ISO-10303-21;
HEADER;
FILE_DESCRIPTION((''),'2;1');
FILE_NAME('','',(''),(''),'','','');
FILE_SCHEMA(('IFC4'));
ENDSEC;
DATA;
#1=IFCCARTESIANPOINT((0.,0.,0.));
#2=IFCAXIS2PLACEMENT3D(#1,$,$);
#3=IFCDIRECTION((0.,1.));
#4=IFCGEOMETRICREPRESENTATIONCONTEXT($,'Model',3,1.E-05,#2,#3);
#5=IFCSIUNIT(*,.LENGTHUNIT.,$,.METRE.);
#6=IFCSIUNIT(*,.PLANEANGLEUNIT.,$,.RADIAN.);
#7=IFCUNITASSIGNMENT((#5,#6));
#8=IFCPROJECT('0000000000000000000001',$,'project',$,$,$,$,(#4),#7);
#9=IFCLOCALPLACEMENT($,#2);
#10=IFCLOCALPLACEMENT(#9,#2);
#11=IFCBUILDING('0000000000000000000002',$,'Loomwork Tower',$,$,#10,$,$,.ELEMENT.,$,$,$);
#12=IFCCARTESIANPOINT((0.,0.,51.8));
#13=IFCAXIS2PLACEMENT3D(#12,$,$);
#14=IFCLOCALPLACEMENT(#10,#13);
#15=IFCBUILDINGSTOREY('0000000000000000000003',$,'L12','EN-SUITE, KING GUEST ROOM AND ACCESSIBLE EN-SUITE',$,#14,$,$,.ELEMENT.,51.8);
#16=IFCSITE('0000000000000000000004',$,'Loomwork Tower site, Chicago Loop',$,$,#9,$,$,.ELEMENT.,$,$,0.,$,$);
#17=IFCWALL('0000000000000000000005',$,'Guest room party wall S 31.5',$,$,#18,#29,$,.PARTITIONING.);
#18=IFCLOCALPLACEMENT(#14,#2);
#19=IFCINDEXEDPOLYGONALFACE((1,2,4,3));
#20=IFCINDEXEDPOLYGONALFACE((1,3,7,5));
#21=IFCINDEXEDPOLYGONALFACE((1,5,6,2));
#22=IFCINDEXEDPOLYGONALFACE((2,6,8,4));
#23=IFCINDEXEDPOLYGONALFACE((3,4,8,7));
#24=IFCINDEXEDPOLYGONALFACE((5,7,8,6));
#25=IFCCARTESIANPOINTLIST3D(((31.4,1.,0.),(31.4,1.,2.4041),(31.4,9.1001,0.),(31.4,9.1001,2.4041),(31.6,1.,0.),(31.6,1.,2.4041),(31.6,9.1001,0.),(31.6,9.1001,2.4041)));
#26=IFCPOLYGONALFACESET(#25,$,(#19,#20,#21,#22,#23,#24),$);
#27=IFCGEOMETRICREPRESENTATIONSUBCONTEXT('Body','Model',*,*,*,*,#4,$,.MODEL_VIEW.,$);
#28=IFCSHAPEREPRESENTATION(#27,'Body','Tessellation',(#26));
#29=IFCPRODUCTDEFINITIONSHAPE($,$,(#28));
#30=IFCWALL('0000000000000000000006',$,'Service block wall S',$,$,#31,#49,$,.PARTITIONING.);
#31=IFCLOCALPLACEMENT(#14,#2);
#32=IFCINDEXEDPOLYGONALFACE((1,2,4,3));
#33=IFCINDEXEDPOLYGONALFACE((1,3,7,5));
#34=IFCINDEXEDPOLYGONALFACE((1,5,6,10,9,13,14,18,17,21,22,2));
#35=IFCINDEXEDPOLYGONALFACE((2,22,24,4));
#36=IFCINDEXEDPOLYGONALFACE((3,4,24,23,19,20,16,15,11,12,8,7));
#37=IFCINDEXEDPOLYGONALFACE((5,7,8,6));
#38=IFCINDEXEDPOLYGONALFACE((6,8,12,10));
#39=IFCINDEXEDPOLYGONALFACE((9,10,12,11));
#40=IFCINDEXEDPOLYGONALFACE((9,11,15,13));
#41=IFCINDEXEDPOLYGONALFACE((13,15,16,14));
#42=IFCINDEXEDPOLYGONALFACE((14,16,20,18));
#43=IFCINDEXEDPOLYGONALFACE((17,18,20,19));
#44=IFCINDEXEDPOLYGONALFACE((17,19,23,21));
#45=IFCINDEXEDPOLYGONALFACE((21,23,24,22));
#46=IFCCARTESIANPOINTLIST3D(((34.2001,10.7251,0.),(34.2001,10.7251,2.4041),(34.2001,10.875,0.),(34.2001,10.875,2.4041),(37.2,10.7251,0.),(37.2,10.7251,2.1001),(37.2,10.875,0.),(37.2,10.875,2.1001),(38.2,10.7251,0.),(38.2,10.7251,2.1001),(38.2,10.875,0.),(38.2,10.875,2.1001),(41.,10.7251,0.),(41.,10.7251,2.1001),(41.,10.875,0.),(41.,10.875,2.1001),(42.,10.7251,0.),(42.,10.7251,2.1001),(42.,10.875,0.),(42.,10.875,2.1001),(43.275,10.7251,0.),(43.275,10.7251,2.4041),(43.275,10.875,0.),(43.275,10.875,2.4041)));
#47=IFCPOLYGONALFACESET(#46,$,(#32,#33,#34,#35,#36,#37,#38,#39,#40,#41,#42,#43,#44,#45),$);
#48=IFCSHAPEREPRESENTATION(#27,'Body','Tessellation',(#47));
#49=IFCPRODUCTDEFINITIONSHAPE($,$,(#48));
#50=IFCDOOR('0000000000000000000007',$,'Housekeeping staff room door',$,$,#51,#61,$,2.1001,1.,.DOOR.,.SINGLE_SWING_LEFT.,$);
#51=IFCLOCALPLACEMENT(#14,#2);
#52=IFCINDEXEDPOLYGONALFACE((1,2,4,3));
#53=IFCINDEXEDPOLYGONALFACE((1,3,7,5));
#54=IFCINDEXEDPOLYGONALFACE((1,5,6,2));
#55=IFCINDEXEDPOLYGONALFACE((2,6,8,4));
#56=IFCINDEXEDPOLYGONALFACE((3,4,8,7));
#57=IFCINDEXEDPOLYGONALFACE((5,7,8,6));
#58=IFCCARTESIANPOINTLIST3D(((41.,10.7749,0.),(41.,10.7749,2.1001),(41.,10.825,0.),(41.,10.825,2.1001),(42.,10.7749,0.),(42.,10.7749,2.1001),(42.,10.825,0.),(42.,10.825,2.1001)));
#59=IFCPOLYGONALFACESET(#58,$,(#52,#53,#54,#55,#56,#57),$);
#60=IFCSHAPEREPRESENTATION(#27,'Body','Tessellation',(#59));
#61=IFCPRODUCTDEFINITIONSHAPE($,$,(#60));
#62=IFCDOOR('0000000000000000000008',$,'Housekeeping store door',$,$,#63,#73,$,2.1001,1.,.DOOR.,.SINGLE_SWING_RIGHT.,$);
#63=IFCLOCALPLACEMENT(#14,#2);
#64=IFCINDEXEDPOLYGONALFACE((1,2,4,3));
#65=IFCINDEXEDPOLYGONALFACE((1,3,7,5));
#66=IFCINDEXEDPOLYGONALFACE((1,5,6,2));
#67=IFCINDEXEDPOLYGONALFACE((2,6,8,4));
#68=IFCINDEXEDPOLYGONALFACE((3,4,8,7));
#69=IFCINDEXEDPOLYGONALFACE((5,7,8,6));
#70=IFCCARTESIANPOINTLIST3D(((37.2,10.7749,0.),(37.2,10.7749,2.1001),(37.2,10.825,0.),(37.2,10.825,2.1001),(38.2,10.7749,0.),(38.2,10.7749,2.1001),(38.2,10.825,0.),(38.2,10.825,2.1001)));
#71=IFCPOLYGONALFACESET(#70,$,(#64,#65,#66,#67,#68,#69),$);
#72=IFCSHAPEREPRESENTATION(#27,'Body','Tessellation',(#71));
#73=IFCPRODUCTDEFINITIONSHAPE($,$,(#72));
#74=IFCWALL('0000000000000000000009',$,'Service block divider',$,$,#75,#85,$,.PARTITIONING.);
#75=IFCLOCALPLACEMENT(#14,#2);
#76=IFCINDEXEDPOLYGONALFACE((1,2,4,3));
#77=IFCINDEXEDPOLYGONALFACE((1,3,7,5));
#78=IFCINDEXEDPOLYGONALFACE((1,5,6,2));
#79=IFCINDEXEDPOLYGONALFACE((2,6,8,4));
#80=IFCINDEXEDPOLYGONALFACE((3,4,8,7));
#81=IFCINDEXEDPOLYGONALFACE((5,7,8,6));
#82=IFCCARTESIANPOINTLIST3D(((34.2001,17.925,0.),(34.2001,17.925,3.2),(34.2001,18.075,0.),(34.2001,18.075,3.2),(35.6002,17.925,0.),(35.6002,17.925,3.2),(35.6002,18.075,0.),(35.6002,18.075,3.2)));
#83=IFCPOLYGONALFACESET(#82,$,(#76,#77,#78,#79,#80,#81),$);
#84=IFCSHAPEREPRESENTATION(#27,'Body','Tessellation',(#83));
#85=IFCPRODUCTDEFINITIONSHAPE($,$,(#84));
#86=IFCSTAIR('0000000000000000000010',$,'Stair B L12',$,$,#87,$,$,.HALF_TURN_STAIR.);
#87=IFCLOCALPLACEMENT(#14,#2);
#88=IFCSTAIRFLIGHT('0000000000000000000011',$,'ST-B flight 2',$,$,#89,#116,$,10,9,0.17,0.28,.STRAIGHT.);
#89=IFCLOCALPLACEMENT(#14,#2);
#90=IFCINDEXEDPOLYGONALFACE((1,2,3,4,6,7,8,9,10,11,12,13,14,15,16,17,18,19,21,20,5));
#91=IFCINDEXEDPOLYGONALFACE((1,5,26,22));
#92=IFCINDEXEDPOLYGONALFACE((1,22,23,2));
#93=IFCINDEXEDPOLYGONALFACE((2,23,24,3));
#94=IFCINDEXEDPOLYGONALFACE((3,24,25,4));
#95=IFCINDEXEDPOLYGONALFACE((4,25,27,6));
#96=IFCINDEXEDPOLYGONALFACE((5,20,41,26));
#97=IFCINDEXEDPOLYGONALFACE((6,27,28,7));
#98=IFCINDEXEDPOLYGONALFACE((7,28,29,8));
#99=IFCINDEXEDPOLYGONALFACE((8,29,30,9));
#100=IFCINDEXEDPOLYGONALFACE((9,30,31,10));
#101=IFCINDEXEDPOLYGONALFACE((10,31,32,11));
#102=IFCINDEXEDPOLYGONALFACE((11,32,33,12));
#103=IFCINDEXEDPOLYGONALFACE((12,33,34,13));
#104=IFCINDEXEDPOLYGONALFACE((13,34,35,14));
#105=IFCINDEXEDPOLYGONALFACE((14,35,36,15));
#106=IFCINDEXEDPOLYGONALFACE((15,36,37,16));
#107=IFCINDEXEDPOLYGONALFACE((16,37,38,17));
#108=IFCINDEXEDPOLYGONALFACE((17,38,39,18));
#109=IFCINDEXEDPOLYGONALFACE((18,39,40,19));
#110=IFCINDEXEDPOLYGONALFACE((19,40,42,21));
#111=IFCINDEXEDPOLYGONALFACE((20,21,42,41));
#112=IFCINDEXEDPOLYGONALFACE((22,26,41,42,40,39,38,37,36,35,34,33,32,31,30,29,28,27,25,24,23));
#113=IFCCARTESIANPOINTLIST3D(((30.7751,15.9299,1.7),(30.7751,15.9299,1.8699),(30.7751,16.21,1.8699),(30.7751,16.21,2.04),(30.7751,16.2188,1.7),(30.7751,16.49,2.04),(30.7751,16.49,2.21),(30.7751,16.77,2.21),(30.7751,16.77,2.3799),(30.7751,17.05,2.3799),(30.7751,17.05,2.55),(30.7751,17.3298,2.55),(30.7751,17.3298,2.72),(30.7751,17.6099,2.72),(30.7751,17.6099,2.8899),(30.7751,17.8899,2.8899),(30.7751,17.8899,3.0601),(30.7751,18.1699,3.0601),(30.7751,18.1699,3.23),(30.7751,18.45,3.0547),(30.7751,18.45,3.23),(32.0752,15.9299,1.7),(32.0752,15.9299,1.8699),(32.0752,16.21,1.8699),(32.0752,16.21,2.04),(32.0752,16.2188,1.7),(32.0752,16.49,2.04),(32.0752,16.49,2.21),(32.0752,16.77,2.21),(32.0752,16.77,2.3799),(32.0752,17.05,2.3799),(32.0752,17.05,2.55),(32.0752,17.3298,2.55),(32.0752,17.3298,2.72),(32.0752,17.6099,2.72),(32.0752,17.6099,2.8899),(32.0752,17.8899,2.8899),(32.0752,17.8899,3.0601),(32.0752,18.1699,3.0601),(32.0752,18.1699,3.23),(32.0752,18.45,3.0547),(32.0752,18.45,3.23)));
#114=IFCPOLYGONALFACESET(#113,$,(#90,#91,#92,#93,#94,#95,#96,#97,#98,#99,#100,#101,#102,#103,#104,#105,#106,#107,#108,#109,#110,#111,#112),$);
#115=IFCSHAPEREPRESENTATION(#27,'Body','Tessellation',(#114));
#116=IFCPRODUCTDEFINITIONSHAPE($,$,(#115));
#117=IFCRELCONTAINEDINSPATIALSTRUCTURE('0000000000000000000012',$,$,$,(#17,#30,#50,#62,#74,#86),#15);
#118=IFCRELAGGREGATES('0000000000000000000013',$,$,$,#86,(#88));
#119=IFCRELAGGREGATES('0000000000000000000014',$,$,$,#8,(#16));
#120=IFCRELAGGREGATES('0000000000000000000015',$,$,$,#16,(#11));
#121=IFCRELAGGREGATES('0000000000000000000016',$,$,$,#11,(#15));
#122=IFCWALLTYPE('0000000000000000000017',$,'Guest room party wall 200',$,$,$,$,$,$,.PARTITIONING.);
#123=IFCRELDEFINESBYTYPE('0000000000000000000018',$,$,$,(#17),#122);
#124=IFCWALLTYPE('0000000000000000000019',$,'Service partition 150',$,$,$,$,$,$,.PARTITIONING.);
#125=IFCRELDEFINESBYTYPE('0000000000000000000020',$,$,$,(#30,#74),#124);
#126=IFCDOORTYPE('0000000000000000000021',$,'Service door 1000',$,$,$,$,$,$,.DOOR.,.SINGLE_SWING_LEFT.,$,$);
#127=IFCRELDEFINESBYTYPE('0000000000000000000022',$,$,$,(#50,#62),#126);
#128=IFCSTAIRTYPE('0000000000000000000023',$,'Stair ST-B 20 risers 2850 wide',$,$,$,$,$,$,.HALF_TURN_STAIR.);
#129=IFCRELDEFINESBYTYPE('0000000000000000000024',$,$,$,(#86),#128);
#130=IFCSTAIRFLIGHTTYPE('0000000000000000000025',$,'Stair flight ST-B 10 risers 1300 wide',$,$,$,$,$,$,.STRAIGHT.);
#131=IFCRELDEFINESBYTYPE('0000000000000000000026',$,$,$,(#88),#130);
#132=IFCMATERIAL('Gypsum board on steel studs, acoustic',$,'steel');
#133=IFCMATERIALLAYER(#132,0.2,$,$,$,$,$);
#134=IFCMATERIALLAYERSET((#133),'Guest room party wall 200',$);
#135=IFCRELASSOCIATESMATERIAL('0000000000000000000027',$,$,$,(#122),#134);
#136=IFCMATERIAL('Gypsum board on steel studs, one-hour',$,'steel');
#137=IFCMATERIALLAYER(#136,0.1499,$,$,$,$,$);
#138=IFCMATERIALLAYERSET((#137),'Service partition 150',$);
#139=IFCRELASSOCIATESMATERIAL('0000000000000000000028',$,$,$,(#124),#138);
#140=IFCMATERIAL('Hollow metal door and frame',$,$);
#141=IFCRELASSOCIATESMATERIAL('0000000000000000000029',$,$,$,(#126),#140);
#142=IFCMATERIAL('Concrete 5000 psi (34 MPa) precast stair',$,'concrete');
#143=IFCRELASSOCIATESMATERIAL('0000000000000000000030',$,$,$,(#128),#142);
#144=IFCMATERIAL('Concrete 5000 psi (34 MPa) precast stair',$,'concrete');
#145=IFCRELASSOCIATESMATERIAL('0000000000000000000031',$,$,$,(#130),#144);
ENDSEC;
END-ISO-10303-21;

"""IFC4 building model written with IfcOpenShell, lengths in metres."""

from ifc_helpers import new_model, si_unit, direction, frame, frame_2d, origin, place, context, subcontext, project, spatial, polyline, rectangle, outline, extrude, material, layer, layer_set, type_object, element, fill, aggregate, save


model = new_model("IFC4")

# Units and contexts
model_context = context("Model", 3, precision=1e-05, world=origin(), true_north=direction((0.0, 1.0)))
body_context = subcontext(model_context, "Body", "Model", "MODEL_VIEW")
ifc_project = project(units=[si_unit("LENGTHUNIT", "METRE"), si_unit("PLANEANGLEUNIT", "RADIAN")], contexts=[model_context])

# Site, building, storey
site_placement = place(None, origin())
site = spatial("IfcSite", under=ifc_project, at=site_placement, Name="Loomwork Tower site, Chicago Loop", CompositionType="ELEMENT", RefElevation=0.0)
building_placement = place(site_placement, origin())
building = spatial("IfcBuilding", under=site, at=building_placement, Name="Loomwork Tower", CompositionType="ELEMENT")
storey_placement = place(building_placement, frame((0.0, 0.0, 51.8)))
storey = spatial("IfcBuildingStorey", under=building, at=storey_placement, Name="L12", Description="EN-SUITE, KING GUEST ROOM AND ACCESSIBLE EN-SUITE", CompositionType="ELEMENT", Elevation=51.8)

# Wall
ifc_material_1 = material(Name="Gypsum board on steel studs, acoustic", Category="steel")
ifc_layer_1 = layer(ifc_material_1, 0.2)
ifc_layer_set_1 = layer_set([ifc_layer_1], Name="Guest room party wall 200")
wall_type_1 = type_object("IfcWallType", Name="Guest room party wall 200", PredefinedType="PARTITIONING", material=ifc_layer_set_1)
wall_1_placement = place(storey_placement, frame((31.5, 9.1001, 0.0), z_axis=(0.0, 0.0, 1.0), x_axis=(0.0, -1.0, 0.0)))
element("IfcWall", 1, at=wall_1_placement, inside=storey, type_object=wall_type_1, Name="Guest room party wall S 31.5", PredefinedType="PARTITIONING", context=body_context, shape_type="SweptSolid", body=[
    extrude(rectangle(XDim=8.1001, YDim=0.2, at=frame_2d((4.05, 0.0))), origin(), (0.0, 0.0, 1.0), 2.4041),
])

# Wall, openings, doors
ifc_material_2 = material(Name="Gypsum board on steel studs, one-hour", Category="steel")
ifc_layer_2 = layer(ifc_material_2, 0.1499)
ifc_layer_set_2 = layer_set([ifc_layer_2], Name="Service partition 150")
wall_type_2 = type_object("IfcWallType", Name="Service partition 150", PredefinedType="PARTITIONING", material=ifc_layer_set_2)
wall_2_placement = place(storey_placement, frame((34.2, 10.8, 0.0), z_axis=(0.0, 0.0, 1.0), x_axis=(1.0, 0.0, 0.0)))
wall_2 = element("IfcWall", 2, at=wall_2_placement, inside=storey, type_object=wall_type_2, Name="Service block wall S", PredefinedType="PARTITIONING", context=body_context, shape_type="SweptSolid", body=[
    extrude(rectangle(XDim=9.075, YDim=0.1499, at=frame_2d((4.5376, 0.0))), origin(), (0.0, 0.0, 1.0), 2.4041),
])
opening_1_placement = place(wall_2_placement, frame((6.8, 0.0, 0.0)))
opening_1 = element("IfcOpeningElement", 3, at=opening_1_placement, cuts=wall_2, PredefinedType="OPENING", context=body_context, shape_type="SweptSolid", body=[
    extrude(rectangle(XDim=1.0, YDim=2.1001, at=frame_2d((0.5, 1.05))), frame((0.0, 0.085, 0.0), z_axis=(0.0, -1.0, 0.0), x_axis=(1.0, 0.0, 0.0)), (0.0, 0.0, 1.0), 0.1699),
])
opening_2_placement = place(wall_2_placement, frame((3.0, 0.0, 0.0)))
opening_2 = element("IfcOpeningElement", 4, at=opening_2_placement, cuts=wall_2, PredefinedType="OPENING", context=body_context, shape_type="SweptSolid", body=[
    extrude(rectangle(XDim=1.0, YDim=2.1001, at=frame_2d((0.5, 1.05))), frame((0.0, 0.085, 0.0), z_axis=(0.0, -1.0, 0.0), x_axis=(1.0, 0.0, 0.0)), (0.0, 0.0, 1.0), 0.1699),
])
ifc_material_3 = material(Name="Hollow metal door and frame")
door_type_1 = type_object("IfcDoorType", Name="Service door 1000", OperationType="SINGLE_SWING_LEFT", PredefinedType="DOOR", material=ifc_material_3)
door_1_placement = place(opening_1_placement, origin())
door_1 = element("IfcDoor", 5, at=door_1_placement, inside=storey, type_object=door_type_1, Name="Housekeeping staff room door", OperationType="SINGLE_SWING_LEFT", OverallHeight=2.1001, OverallWidth=1.0, PredefinedType="DOOR", context=body_context, shape_type="SweptSolid", body=[
    extrude(rectangle(XDim=1.0, YDim=2.1001, at=frame_2d((0.5, 1.05))), frame((0.0, 0.0249, 0.0), z_axis=(0.0, -1.0, 0.0), x_axis=(1.0, 0.0, 0.0)), (0.0, 0.0, 1.0), 0.05),
])
fill(opening_1, door_1)
door_2_placement = place(opening_2_placement, origin())
door_2 = element("IfcDoor", 6, at=door_2_placement, inside=storey, type_object=door_type_1, Name="Housekeeping store door", OperationType="SINGLE_SWING_RIGHT", OverallHeight=2.1001, OverallWidth=1.0, PredefinedType="DOOR", context=body_context, shape_type="SweptSolid", body=[
    extrude(rectangle(XDim=1.0, YDim=2.1001, at=frame_2d((0.5, 1.05))), frame((0.0, 0.0249, 0.0), z_axis=(0.0, -1.0, 0.0), x_axis=(1.0, 0.0, 0.0)), (0.0, 0.0, 1.0), 0.05),
])
fill(opening_2, door_2)

# Wall
wall_3_placement = place(storey_placement, frame((34.2, 18.0, 0.0), z_axis=(0.0, 0.0, 1.0), x_axis=(1.0, 0.0, 0.0)))
element("IfcWall", 7, at=wall_3_placement, inside=storey, type_object=wall_type_2, Name="Service block divider", PredefinedType="PARTITIONING", context=body_context, shape_type="SweptSolid", body=[
    extrude(rectangle(XDim=1.4001, YDim=0.1499, at=frame_2d((0.7002, 0.0))), origin(), (0.0, 0.0, 1.0), 3.2),
])

# Stair, stair flight
ifc_material_4 = material(Name="Concrete 5000 psi (34 MPa) precast stair", Category="concrete")
stair_type = type_object("IfcStairType", Name="Stair ST-B 20 risers 2850 wide", PredefinedType="HALF_TURN_STAIR", material=ifc_material_4)
stair_placement = place(storey_placement, origin())
stair = element("IfcStair", 8, at=stair_placement, inside=storey, type_object=stair_type, Name="Stair B L12", PredefinedType="HALF_TURN_STAIR")
ifc_material_5 = material(Name="Concrete 5000 psi (34 MPa) precast stair", Category="concrete")
stair_flight_type = type_object("IfcStairFlightType", Name="Stair flight ST-B 10 risers 1300 wide", PredefinedType="STRAIGHT", material=ifc_material_5)
stair_flight_placement = place(storey_placement, frame((31.425, 15.9299, 1.7), z_axis=(0.0, 0.0, 1.0), x_axis=(0.0, 1.0, 0.0)))
stair_flight = element("IfcStairFlight", 9, at=stair_flight_placement, type_object=stair_flight_type, Name="ST-B flight 2", NumberOfRisers=10, NumberOfTreads=9, PredefinedType="STRAIGHT", RiserHeight=0.17, TreadLength=0.28, context=body_context, shape_type="SweptSolid", body=[
    extrude(outline(polyline([(0.0, 0.0), (0.0, 0.1699), (0.28, 0.1699), (0.28, 0.3401), (0.5601, 0.3401), (0.5601, 0.51), (0.8401, 0.51), (0.8401, 0.6799), (1.1201, 0.6799), (1.1201, 0.8501), (1.3999, 0.8501), (1.3999, 1.02), (1.6799, 1.02), (1.6799, 1.1899), (1.96, 1.1899), (1.96, 1.3601), (2.24, 1.3601), (2.24, 1.53), (2.52, 1.53), (2.52, 1.7), (2.52, 1.3547), (0.2888, 0.0), (0.0, 0.0)])), frame((0.0, 0.6499, 0.0), z_axis=(0.0, -1.0, 0.0), x_axis=(1.0, 0.0, 0.0)), (0.0, 0.0, 1.0), 1.3),
])
aggregate(stair, [stair_flight])

save(model, "model.ifc")
